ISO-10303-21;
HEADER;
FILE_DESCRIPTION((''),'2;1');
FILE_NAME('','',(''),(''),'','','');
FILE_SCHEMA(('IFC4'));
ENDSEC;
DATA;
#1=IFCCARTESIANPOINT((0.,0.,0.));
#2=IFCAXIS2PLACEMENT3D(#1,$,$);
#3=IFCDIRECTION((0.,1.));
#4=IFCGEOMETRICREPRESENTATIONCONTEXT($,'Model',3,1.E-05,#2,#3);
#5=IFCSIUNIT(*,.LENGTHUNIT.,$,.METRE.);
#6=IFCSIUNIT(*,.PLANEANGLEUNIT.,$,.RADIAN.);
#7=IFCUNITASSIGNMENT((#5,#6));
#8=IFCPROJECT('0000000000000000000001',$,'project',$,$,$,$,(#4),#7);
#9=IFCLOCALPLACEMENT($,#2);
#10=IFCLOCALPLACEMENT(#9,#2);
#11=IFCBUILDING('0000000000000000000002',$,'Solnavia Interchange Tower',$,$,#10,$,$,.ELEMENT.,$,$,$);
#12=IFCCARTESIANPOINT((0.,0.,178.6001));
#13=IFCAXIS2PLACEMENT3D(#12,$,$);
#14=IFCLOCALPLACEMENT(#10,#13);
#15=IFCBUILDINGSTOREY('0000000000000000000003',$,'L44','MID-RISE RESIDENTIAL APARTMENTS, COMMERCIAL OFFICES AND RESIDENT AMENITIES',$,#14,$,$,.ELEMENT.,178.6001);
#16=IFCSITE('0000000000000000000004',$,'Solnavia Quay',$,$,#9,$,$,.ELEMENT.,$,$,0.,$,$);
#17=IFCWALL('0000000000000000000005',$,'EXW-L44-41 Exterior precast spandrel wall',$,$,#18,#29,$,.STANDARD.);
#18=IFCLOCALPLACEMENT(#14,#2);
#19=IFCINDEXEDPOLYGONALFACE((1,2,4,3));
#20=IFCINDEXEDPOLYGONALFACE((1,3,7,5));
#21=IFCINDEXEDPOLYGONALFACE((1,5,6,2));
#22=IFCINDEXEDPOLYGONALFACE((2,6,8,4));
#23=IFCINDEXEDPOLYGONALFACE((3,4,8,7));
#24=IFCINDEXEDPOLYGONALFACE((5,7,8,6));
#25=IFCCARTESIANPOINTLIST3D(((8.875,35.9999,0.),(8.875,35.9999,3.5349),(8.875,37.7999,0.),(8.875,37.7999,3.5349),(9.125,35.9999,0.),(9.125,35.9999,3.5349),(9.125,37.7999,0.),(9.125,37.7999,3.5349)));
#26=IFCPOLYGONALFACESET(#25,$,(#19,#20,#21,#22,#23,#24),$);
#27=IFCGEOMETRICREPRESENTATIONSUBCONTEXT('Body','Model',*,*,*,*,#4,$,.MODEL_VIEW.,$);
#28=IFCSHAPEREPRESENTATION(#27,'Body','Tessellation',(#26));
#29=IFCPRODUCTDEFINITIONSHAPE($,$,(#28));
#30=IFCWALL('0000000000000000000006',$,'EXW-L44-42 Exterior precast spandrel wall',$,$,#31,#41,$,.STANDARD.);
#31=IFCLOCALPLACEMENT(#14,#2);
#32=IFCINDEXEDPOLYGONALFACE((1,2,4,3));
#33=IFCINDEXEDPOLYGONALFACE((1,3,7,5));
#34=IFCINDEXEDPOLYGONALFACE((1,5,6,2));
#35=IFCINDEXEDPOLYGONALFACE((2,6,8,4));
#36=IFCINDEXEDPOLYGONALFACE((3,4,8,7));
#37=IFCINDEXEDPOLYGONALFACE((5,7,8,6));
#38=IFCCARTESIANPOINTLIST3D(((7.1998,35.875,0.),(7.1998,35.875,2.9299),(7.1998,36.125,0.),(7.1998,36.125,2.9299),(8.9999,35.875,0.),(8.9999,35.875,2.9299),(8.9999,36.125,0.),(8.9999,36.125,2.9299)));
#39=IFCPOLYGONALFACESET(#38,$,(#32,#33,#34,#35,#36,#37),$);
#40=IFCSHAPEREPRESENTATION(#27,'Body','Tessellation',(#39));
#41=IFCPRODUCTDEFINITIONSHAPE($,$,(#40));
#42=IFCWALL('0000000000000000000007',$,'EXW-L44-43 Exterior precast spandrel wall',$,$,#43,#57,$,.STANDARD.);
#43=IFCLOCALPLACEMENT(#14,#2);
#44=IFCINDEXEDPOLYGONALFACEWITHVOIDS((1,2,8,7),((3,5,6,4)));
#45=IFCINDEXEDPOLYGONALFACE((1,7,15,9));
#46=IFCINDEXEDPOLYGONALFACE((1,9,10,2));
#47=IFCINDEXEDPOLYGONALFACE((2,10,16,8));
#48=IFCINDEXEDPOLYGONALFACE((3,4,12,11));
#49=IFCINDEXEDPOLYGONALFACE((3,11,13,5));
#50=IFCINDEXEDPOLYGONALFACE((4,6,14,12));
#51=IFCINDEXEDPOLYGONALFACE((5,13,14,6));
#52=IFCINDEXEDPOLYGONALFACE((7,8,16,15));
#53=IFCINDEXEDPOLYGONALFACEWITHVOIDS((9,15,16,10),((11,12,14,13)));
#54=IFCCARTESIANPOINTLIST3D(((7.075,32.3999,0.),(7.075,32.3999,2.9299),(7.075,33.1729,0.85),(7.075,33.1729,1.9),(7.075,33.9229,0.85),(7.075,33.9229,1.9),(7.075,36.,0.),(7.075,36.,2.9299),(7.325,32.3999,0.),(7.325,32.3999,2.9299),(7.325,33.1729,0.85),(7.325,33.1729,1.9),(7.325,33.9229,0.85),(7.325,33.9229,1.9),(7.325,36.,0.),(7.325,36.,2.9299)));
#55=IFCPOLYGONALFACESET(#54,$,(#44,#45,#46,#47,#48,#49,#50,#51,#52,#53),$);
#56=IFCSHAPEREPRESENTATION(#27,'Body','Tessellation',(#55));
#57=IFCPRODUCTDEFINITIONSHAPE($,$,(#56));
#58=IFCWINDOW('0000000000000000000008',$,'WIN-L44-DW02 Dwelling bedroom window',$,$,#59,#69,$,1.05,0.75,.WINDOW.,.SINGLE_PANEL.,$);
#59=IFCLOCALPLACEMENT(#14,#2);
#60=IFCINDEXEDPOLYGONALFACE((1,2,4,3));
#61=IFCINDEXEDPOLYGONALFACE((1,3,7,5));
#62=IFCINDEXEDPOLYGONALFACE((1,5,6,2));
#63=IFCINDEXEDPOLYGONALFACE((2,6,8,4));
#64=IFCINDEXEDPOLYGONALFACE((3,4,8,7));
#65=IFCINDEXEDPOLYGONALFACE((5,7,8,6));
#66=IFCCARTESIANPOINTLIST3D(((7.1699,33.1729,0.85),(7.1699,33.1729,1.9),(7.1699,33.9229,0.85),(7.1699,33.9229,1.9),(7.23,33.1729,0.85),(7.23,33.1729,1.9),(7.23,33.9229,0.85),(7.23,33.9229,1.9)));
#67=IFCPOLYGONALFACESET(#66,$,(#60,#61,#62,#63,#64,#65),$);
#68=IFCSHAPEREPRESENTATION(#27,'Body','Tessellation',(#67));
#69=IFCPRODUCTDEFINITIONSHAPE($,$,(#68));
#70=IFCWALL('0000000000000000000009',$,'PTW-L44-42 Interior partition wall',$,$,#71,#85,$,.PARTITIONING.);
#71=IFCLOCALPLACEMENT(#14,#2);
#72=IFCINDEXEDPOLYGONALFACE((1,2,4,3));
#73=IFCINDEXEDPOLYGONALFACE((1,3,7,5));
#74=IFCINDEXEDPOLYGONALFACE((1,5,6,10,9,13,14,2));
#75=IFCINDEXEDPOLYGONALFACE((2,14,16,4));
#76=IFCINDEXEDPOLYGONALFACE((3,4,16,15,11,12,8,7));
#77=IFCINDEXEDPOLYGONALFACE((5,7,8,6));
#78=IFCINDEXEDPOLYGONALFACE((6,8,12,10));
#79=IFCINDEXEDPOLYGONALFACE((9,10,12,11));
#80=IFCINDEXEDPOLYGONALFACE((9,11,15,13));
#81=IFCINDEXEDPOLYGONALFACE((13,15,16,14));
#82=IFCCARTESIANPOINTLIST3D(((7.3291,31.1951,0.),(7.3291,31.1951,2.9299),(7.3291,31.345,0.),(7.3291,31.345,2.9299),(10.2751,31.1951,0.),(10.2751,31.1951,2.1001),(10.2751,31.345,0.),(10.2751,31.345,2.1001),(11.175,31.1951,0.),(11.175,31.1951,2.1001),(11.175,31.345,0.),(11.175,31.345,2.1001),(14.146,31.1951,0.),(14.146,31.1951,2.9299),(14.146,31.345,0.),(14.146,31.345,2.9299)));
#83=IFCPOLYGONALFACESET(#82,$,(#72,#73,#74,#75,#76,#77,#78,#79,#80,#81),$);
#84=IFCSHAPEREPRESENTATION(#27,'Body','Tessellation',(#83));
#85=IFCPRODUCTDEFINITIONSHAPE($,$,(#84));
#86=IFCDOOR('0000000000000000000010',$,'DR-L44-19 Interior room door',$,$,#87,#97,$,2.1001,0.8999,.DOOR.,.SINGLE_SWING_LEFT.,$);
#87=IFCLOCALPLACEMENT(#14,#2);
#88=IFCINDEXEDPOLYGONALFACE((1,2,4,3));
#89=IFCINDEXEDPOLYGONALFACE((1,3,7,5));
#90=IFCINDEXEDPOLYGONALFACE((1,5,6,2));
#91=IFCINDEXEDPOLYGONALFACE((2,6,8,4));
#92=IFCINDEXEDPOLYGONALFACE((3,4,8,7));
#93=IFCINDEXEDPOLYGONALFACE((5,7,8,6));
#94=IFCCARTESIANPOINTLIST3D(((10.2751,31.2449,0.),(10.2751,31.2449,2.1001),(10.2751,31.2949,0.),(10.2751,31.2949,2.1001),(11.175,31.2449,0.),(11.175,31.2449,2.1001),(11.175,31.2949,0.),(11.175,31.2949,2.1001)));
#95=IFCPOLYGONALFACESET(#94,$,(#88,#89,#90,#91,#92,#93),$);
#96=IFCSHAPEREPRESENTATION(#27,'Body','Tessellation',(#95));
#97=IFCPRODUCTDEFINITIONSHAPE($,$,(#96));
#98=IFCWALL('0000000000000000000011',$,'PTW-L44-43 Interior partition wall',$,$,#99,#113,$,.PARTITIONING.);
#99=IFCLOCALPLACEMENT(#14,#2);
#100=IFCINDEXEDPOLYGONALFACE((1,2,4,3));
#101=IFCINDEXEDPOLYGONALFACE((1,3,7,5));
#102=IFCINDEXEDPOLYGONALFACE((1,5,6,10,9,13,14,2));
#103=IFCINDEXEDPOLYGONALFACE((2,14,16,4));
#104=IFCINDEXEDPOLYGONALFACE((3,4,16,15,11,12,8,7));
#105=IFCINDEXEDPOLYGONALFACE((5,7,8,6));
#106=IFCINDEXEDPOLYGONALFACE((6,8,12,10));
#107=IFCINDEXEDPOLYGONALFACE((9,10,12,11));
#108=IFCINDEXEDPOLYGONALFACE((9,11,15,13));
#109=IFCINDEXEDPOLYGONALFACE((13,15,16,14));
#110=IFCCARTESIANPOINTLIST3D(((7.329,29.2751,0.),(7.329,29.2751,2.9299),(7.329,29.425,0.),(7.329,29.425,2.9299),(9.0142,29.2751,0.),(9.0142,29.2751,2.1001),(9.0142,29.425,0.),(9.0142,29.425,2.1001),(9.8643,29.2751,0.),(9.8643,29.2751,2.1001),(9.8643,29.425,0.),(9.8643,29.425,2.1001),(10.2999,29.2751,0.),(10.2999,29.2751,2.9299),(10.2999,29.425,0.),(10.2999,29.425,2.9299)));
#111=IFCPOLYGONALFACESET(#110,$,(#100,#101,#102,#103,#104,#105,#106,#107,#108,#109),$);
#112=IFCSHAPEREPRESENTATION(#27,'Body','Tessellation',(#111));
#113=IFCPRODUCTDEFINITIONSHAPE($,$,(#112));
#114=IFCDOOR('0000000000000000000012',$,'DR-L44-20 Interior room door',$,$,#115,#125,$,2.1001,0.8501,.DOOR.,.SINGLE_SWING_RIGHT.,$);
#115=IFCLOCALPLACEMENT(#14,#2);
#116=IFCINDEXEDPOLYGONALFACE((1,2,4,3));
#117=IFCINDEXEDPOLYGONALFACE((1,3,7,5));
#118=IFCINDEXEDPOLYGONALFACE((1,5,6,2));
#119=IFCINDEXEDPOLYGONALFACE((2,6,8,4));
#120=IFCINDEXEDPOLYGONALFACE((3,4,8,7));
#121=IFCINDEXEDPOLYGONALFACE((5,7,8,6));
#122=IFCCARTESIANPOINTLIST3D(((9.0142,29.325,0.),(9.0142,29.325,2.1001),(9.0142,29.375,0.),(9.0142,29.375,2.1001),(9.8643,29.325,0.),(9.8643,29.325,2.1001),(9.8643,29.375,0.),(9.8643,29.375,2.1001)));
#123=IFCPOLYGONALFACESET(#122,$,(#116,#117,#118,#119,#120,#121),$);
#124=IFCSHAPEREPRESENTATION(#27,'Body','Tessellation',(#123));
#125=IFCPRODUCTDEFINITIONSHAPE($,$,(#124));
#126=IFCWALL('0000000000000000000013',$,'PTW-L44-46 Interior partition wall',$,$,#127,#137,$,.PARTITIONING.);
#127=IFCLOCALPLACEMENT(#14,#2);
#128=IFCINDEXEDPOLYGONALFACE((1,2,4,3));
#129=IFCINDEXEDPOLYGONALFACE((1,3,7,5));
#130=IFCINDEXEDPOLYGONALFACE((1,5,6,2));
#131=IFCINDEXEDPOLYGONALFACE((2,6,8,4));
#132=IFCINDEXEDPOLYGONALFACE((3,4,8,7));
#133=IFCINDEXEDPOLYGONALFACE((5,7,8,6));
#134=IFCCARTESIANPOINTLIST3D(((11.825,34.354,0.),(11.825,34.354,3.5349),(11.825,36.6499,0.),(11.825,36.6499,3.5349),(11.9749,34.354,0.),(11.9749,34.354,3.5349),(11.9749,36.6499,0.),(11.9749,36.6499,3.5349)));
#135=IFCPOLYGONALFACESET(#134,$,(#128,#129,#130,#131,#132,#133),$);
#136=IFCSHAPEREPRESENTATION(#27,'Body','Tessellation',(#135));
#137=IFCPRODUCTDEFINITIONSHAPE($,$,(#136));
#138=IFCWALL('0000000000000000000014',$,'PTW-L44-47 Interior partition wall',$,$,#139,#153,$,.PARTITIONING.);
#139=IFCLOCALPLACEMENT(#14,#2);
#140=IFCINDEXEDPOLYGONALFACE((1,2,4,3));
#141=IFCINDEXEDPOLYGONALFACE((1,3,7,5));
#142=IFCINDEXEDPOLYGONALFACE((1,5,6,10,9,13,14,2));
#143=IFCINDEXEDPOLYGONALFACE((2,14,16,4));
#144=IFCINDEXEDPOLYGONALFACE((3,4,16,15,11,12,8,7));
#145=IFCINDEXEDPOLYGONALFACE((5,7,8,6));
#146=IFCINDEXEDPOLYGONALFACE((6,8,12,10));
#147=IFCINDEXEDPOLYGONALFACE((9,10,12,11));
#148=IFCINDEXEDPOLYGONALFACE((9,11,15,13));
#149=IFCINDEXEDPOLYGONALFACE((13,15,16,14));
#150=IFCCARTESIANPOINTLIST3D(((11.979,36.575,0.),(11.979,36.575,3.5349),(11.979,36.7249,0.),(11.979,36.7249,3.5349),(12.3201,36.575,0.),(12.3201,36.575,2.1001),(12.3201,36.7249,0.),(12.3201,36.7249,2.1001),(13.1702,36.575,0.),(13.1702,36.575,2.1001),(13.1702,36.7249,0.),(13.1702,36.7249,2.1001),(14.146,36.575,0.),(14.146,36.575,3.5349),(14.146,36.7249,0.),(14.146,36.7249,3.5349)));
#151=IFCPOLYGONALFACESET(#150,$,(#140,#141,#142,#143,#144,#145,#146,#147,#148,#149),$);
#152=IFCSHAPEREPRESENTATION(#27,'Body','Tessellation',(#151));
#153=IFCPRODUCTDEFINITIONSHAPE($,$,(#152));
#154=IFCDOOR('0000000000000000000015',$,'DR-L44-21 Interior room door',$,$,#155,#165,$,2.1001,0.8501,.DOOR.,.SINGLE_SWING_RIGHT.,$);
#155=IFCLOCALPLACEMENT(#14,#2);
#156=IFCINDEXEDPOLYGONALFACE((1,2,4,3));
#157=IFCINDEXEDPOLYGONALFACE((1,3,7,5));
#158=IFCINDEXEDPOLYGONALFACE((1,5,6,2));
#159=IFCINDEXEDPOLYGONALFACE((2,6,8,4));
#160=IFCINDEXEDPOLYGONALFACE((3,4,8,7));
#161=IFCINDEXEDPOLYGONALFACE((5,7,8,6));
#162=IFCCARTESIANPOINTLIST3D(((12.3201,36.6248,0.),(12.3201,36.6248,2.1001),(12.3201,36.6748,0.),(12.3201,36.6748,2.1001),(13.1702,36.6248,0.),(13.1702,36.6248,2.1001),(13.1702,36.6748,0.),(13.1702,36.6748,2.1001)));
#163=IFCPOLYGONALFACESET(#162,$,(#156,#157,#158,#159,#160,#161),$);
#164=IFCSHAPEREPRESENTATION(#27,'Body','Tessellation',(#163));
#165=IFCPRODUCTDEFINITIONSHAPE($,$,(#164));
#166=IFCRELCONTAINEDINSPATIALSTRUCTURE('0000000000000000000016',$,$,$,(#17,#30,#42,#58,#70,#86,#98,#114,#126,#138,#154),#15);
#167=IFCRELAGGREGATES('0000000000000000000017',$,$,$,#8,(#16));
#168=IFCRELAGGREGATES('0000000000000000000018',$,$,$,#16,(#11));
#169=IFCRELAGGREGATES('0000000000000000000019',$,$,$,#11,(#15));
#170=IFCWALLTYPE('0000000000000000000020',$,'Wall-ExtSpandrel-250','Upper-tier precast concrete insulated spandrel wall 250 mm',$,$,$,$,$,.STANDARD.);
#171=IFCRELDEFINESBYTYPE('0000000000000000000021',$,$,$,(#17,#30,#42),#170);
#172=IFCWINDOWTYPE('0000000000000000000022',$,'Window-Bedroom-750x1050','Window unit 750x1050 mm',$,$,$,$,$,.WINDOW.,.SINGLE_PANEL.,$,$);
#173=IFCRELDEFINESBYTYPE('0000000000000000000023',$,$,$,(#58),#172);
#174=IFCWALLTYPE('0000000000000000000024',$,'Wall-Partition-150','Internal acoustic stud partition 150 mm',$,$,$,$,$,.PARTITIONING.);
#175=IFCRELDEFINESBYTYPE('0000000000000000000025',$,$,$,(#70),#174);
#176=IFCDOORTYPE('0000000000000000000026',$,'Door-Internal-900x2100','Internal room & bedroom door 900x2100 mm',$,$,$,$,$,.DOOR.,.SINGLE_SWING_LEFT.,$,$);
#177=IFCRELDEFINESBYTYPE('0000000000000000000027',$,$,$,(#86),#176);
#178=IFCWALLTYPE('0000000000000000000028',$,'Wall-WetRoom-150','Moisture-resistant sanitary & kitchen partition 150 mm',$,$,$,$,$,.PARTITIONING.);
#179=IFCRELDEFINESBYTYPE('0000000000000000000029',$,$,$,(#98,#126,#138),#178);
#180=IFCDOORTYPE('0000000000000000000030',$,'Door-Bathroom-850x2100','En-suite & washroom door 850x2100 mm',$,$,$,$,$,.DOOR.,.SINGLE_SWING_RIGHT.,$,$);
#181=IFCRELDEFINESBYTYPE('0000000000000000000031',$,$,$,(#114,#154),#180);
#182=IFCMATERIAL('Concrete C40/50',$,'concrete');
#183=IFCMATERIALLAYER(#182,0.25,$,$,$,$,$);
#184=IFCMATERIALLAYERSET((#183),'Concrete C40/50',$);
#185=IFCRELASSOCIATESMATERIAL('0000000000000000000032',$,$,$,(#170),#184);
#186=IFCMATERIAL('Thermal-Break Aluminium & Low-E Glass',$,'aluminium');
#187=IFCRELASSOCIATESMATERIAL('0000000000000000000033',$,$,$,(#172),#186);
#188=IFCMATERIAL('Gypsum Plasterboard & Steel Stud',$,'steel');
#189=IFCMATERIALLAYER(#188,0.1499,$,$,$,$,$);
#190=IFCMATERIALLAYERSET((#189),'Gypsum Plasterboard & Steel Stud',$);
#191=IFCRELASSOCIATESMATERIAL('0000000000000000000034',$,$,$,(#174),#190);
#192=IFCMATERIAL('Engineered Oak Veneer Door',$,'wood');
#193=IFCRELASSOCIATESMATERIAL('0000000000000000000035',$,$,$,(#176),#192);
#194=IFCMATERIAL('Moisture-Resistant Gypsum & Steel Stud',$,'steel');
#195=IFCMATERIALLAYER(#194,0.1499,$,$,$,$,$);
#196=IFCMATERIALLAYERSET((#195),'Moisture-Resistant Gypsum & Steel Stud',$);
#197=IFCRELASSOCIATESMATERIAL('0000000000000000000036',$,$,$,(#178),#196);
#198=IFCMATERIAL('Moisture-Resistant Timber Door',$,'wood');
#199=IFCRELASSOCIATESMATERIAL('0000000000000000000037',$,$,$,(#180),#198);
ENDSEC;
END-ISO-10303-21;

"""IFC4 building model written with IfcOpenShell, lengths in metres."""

from ifc_helpers import new_model, si_unit, direction, frame, frame_2d, origin, place, context, subcontext, project, spatial, rectangle, extrude, material, layer, layer_set, type_object, element, fill, save


model = new_model("IFC4")

# Units and contexts
model_context = context("Model", 3, precision=1e-05, world=origin(), true_north=direction((0.0, 1.0)))
body_context = subcontext(model_context, "Body", "Model", "MODEL_VIEW")
ifc_project = project(units=[si_unit("LENGTHUNIT", "METRE"), si_unit("PLANEANGLEUNIT", "RADIAN")], contexts=[model_context])

# Site, building, storey
site_placement = place(None, origin())
site = spatial("IfcSite", under=ifc_project, at=site_placement, Name="Solnavia Quay", CompositionType="ELEMENT", RefElevation=0.0)
building_placement = place(site_placement, origin())
building = spatial("IfcBuilding", under=site, at=building_placement, Name="Solnavia Interchange Tower", CompositionType="ELEMENT")
storey_placement = place(building_placement, frame((0.0, 0.0, 178.6001)))
storey = spatial("IfcBuildingStorey", under=building, at=storey_placement, Name="L44", Description="MID-RISE RESIDENTIAL APARTMENTS, COMMERCIAL OFFICES AND RESIDENT AMENITIES", CompositionType="ELEMENT", Elevation=178.6001)

# Walls
ifc_material_1 = material(Name="Concrete C40/50", Category="concrete")
ifc_layer_1 = layer(ifc_material_1, 0.25)
ifc_layer_set_1 = layer_set([ifc_layer_1], Name="Concrete C40/50")
wall_type_1 = type_object("IfcWallType", Name="Wall-ExtSpandrel-250", Description="Upper-tier precast concrete insulated spandrel wall 250 mm", PredefinedType="STANDARD", material=ifc_layer_set_1)
for number, where, z_axis, x_axis, name in (
    (1, (9.0, 36.0, 0.0), (0.0, 0.0, 1.0), (0.0, 1.0, 0.0), "EXW-L44-41 Exterior precast spandrel wall"),
):
    element("IfcWall", number, at=place(storey_placement, frame(where, z_axis=z_axis, x_axis=x_axis)), inside=storey, type_object=wall_type_1, Name=name, PredefinedType="STANDARD", context=body_context, shape_type="SweptSolid", body=[
        extrude(rectangle(XDim=1.8, YDim=0.25, at=frame_2d((0.8999, 0.0))), origin(), (0.0, 0.0, 1.0), 3.5349),
    ])
wall_1_placement = place(storey_placement, frame((7.2, 36.0, 0.0), z_axis=(0.0, 0.0, 1.0), x_axis=(1.0, 0.0, 0.0)))
element("IfcWall", 2, at=wall_1_placement, inside=storey, type_object=wall_type_1, Name="EXW-L44-42 Exterior precast spandrel wall", PredefinedType="STANDARD", context=body_context, shape_type="SweptSolid", body=[
    extrude(rectangle(XDim=1.8, YDim=0.25, at=frame_2d((0.8999, 0.0))), origin(), (0.0, 0.0, 1.0), 2.9299),
])

# Wall, opening, window
wall_2_placement = place(storey_placement, frame((7.2, 32.3999, 0.0), z_axis=(0.0, 0.0, 1.0), x_axis=(0.0, 1.0, 0.0)))
wall_2 = element("IfcWall", 3, at=wall_2_placement, inside=storey, type_object=wall_type_1, Name="EXW-L44-43 Exterior precast spandrel wall", PredefinedType="STANDARD", context=body_context, shape_type="SweptSolid", body=[
    extrude(rectangle(XDim=3.6001, YDim=0.25, at=frame_2d((1.8, 0.0))), origin(), (0.0, 0.0, 1.0), 2.9299),
])
opening_1_placement = place(wall_2_placement, frame((0.7729, 0.0, 0.8501)))
opening_1 = element("IfcOpeningElement", 4, at=opening_1_placement, cuts=wall_2, PredefinedType="OPENING", context=body_context, shape_type="SweptSolid", body=[
    extrude(rectangle(XDim=0.75, YDim=1.05, at=frame_2d((0.375, 0.5249))), frame((0.0, 0.135, 0.0), z_axis=(0.0, -1.0, 0.0), x_axis=(1.0, 0.0, 0.0)), (0.0, 0.0, 1.0), 0.27),
])
ifc_material_2 = material(Name="Thermal-Break Aluminium & Low-E Glass", Category="aluminium")
window_type = type_object("IfcWindowType", Name="Window-Bedroom-750x1050", Description="Window unit 750x1050 mm", PartitioningType="SINGLE_PANEL", PredefinedType="WINDOW", material=ifc_material_2)
window_placement = place(opening_1_placement, origin())
window = element("IfcWindow", 5, at=window_placement, inside=storey, type_object=window_type, Name="WIN-L44-DW02 Dwelling bedroom window", OverallHeight=1.05, OverallWidth=0.75, PartitioningType="SINGLE_PANEL", PredefinedType="WINDOW", context=body_context, shape_type="SweptSolid", body=[
    extrude(rectangle(XDim=0.75, YDim=1.05, at=frame_2d((0.375, 0.5249))), frame((0.0, 0.03, 0.0), z_axis=(0.0, -1.0, 0.0), x_axis=(1.0, 0.0, 0.0)), (0.0, 0.0, 1.0), 0.0601),
])
fill(opening_1, window)

# Walls, openings, doors
ifc_material_3 = material(Name="Gypsum Plasterboard & Steel Stud", Category="steel")
ifc_layer_2 = layer(ifc_material_3, 0.1499)
ifc_layer_set_2 = layer_set([ifc_layer_2], Name="Gypsum Plasterboard & Steel Stud")
wall_type_2 = type_object("IfcWallType", Name="Wall-Partition-150", Description="Internal acoustic stud partition 150 mm", PredefinedType="PARTITIONING", material=ifc_layer_set_2)
wall_3_placement = place(storey_placement, frame((7.3291, 31.27, 0.0), z_axis=(0.0, 0.0, 1.0), x_axis=(1.0, 0.0, 0.0)))
wall_3 = element("IfcWall", 6, at=wall_3_placement, inside=storey, type_object=wall_type_2, Name="PTW-L44-42 Interior partition wall", PredefinedType="PARTITIONING", context=body_context, shape_type="SweptSolid", body=[
    extrude(rectangle(XDim=6.8169, YDim=0.1499, at=frame_2d((3.4084, 0.0))), origin(), (0.0, 0.0, 1.0), 2.9299),
])
opening_2_placement = place(wall_3_placement, frame((2.946, 0.0, 0.0)))
opening_2 = element("IfcOpeningElement", 7, at=opening_2_placement, cuts=wall_3, PredefinedType="OPENING", context=body_context, shape_type="SweptSolid", body=[
    extrude(rectangle(XDim=0.8999, YDim=2.1001, at=frame_2d((0.45, 1.05))), frame((0.0, 0.085, 0.0), z_axis=(0.0, -1.0, 0.0), x_axis=(1.0, 0.0, 0.0)), (0.0, 0.0, 1.0), 0.1699),
])
ifc_material_4 = material(Name="Engineered Oak Veneer Door", Category="wood")
door_type_1 = type_object("IfcDoorType", Name="Door-Internal-900x2100", Description="Internal room & bedroom door 900x2100 mm", OperationType="SINGLE_SWING_LEFT", PredefinedType="DOOR", material=ifc_material_4)
door_1_placement = place(opening_2_placement, origin())
door_1 = element("IfcDoor", 8, at=door_1_placement, inside=storey, type_object=door_type_1, Name="DR-L44-19 Interior room door", OperationType="SINGLE_SWING_LEFT", OverallHeight=2.1001, OverallWidth=0.8999, PredefinedType="DOOR", context=body_context, shape_type="SweptSolid", body=[
    extrude(rectangle(XDim=0.8999, YDim=2.1001, at=frame_2d((0.45, 1.05))), frame((0.0, 0.0249, 0.0), z_axis=(0.0, -1.0, 0.0), x_axis=(1.0, 0.0, 0.0)), (0.0, 0.0, 1.0), 0.05),
])
fill(opening_2, door_1)
ifc_material_5 = material(Name="Moisture-Resistant Gypsum & Steel Stud", Category="steel")
ifc_layer_3 = layer(ifc_material_5, 0.1499)
ifc_layer_set_3 = layer_set([ifc_layer_3], Name="Moisture-Resistant Gypsum & Steel Stud")
wall_type_3 = type_object("IfcWallType", Name="Wall-WetRoom-150", Description="Moisture-resistant sanitary & kitchen partition 150 mm", PredefinedType="PARTITIONING", material=ifc_layer_set_3)
wall_4_placement = place(storey_placement, frame((7.3291, 29.3501, 0.0), z_axis=(0.0, 0.0, 1.0), x_axis=(1.0, 0.0, 0.0)))
wall_4 = element("IfcWall", 9, at=wall_4_placement, inside=storey, type_object=wall_type_3, Name="PTW-L44-43 Interior partition wall", PredefinedType="PARTITIONING", context=body_context, shape_type="SweptSolid", body=[
    extrude(rectangle(XDim=2.9709, YDim=0.1499, at=frame_2d((1.4854, 0.0))), origin(), (0.0, 0.0, 1.0), 2.9299),
])
opening_3_placement = place(wall_4_placement, frame((1.6851, 0.0, 0.0)))
opening_3 = element("IfcOpeningElement", 10, at=opening_3_placement, cuts=wall_4, PredefinedType="OPENING", context=body_context, shape_type="SweptSolid", body=[
    extrude(rectangle(XDim=0.8501, YDim=2.1001, at=frame_2d((0.425, 1.05))), frame((0.0, 0.085, 0.0), z_axis=(0.0, -1.0, 0.0), x_axis=(1.0, 0.0, 0.0)), (0.0, 0.0, 1.0), 0.1699),
])
ifc_material_6 = material(Name="Moisture-Resistant Timber Door", Category="wood")
door_type_2 = type_object("IfcDoorType", Name="Door-Bathroom-850x2100", Description="En-suite & washroom door 850x2100 mm", OperationType="SINGLE_SWING_RIGHT", PredefinedType="DOOR", material=ifc_material_6)
door_2_placement = place(opening_3_placement, origin())
door_2 = element("IfcDoor", 11, at=door_2_placement, inside=storey, type_object=door_type_2, Name="DR-L44-20 Interior room door", OperationType="SINGLE_SWING_RIGHT", OverallHeight=2.1001, OverallWidth=0.8501, PredefinedType="DOOR", context=body_context, shape_type="SweptSolid", body=[
    extrude(rectangle(XDim=0.8501, YDim=2.1001, at=frame_2d((0.425, 1.05))), frame((0.0, 0.0249, 0.0), z_axis=(0.0, -1.0, 0.0), x_axis=(1.0, 0.0, 0.0)), (0.0, 0.0, 1.0), 0.05),
])
fill(opening_3, door_2)

# Wall
wall_5_placement = place(storey_placement, frame((11.8999, 34.354, 0.0), z_axis=(0.0, 0.0, 1.0), x_axis=(0.0, 1.0, 0.0)))
element("IfcWall", 12, at=wall_5_placement, inside=storey, type_object=wall_type_3, Name="PTW-L44-46 Interior partition wall", PredefinedType="PARTITIONING", context=body_context, shape_type="SweptSolid", body=[
    extrude(rectangle(XDim=2.2959, YDim=0.1499, at=frame_2d((1.1479, 0.0))), origin(), (0.0, 0.0, 1.0), 3.5349),
])

# Wall, opening, door
wall_6_placement = place(storey_placement, frame((11.979, 36.6499, 0.0), z_axis=(0.0, 0.0, 1.0), x_axis=(1.0, 0.0, 0.0)))
wall_6 = element("IfcWall", 13, at=wall_6_placement, inside=storey, type_object=wall_type_3, Name="PTW-L44-47 Interior partition wall", PredefinedType="PARTITIONING", context=body_context, shape_type="SweptSolid", body=[
    extrude(rectangle(XDim=2.167, YDim=0.1499, at=frame_2d((1.0835, 0.0))), origin(), (0.0, 0.0, 1.0), 3.5349),
])
opening_4_placement = place(wall_6_placement, frame((0.3411, 0.0, 0.0)))
opening_4 = element("IfcOpeningElement", 14, at=opening_4_placement, cuts=wall_6, PredefinedType="OPENING", context=body_context, shape_type="SweptSolid", body=[
    extrude(rectangle(XDim=0.8501, YDim=2.1001, at=frame_2d((0.425, 1.05))), frame((0.0, 0.085, 0.0), z_axis=(0.0, -1.0, 0.0), x_axis=(1.0, 0.0, 0.0)), (0.0, 0.0, 1.0), 0.1699),
])
door_3_placement = place(opening_4_placement, origin())
door_3 = element("IfcDoor", 15, at=door_3_placement, inside=storey, type_object=door_type_2, Name="DR-L44-21 Interior room door", OperationType="SINGLE_SWING_RIGHT", OverallHeight=2.1001, OverallWidth=0.8501, PredefinedType="DOOR", context=body_context, shape_type="SweptSolid", body=[
    extrude(rectangle(XDim=0.8501, YDim=2.1001, at=frame_2d((0.425, 1.05))), frame((0.0, 0.0249, 0.0), z_axis=(0.0, -1.0, 0.0), x_axis=(1.0, 0.0, 0.0)), (0.0, 0.0, 1.0), 0.05),
])
fill(opening_4, door_3)

save(model, "model.ifc")
